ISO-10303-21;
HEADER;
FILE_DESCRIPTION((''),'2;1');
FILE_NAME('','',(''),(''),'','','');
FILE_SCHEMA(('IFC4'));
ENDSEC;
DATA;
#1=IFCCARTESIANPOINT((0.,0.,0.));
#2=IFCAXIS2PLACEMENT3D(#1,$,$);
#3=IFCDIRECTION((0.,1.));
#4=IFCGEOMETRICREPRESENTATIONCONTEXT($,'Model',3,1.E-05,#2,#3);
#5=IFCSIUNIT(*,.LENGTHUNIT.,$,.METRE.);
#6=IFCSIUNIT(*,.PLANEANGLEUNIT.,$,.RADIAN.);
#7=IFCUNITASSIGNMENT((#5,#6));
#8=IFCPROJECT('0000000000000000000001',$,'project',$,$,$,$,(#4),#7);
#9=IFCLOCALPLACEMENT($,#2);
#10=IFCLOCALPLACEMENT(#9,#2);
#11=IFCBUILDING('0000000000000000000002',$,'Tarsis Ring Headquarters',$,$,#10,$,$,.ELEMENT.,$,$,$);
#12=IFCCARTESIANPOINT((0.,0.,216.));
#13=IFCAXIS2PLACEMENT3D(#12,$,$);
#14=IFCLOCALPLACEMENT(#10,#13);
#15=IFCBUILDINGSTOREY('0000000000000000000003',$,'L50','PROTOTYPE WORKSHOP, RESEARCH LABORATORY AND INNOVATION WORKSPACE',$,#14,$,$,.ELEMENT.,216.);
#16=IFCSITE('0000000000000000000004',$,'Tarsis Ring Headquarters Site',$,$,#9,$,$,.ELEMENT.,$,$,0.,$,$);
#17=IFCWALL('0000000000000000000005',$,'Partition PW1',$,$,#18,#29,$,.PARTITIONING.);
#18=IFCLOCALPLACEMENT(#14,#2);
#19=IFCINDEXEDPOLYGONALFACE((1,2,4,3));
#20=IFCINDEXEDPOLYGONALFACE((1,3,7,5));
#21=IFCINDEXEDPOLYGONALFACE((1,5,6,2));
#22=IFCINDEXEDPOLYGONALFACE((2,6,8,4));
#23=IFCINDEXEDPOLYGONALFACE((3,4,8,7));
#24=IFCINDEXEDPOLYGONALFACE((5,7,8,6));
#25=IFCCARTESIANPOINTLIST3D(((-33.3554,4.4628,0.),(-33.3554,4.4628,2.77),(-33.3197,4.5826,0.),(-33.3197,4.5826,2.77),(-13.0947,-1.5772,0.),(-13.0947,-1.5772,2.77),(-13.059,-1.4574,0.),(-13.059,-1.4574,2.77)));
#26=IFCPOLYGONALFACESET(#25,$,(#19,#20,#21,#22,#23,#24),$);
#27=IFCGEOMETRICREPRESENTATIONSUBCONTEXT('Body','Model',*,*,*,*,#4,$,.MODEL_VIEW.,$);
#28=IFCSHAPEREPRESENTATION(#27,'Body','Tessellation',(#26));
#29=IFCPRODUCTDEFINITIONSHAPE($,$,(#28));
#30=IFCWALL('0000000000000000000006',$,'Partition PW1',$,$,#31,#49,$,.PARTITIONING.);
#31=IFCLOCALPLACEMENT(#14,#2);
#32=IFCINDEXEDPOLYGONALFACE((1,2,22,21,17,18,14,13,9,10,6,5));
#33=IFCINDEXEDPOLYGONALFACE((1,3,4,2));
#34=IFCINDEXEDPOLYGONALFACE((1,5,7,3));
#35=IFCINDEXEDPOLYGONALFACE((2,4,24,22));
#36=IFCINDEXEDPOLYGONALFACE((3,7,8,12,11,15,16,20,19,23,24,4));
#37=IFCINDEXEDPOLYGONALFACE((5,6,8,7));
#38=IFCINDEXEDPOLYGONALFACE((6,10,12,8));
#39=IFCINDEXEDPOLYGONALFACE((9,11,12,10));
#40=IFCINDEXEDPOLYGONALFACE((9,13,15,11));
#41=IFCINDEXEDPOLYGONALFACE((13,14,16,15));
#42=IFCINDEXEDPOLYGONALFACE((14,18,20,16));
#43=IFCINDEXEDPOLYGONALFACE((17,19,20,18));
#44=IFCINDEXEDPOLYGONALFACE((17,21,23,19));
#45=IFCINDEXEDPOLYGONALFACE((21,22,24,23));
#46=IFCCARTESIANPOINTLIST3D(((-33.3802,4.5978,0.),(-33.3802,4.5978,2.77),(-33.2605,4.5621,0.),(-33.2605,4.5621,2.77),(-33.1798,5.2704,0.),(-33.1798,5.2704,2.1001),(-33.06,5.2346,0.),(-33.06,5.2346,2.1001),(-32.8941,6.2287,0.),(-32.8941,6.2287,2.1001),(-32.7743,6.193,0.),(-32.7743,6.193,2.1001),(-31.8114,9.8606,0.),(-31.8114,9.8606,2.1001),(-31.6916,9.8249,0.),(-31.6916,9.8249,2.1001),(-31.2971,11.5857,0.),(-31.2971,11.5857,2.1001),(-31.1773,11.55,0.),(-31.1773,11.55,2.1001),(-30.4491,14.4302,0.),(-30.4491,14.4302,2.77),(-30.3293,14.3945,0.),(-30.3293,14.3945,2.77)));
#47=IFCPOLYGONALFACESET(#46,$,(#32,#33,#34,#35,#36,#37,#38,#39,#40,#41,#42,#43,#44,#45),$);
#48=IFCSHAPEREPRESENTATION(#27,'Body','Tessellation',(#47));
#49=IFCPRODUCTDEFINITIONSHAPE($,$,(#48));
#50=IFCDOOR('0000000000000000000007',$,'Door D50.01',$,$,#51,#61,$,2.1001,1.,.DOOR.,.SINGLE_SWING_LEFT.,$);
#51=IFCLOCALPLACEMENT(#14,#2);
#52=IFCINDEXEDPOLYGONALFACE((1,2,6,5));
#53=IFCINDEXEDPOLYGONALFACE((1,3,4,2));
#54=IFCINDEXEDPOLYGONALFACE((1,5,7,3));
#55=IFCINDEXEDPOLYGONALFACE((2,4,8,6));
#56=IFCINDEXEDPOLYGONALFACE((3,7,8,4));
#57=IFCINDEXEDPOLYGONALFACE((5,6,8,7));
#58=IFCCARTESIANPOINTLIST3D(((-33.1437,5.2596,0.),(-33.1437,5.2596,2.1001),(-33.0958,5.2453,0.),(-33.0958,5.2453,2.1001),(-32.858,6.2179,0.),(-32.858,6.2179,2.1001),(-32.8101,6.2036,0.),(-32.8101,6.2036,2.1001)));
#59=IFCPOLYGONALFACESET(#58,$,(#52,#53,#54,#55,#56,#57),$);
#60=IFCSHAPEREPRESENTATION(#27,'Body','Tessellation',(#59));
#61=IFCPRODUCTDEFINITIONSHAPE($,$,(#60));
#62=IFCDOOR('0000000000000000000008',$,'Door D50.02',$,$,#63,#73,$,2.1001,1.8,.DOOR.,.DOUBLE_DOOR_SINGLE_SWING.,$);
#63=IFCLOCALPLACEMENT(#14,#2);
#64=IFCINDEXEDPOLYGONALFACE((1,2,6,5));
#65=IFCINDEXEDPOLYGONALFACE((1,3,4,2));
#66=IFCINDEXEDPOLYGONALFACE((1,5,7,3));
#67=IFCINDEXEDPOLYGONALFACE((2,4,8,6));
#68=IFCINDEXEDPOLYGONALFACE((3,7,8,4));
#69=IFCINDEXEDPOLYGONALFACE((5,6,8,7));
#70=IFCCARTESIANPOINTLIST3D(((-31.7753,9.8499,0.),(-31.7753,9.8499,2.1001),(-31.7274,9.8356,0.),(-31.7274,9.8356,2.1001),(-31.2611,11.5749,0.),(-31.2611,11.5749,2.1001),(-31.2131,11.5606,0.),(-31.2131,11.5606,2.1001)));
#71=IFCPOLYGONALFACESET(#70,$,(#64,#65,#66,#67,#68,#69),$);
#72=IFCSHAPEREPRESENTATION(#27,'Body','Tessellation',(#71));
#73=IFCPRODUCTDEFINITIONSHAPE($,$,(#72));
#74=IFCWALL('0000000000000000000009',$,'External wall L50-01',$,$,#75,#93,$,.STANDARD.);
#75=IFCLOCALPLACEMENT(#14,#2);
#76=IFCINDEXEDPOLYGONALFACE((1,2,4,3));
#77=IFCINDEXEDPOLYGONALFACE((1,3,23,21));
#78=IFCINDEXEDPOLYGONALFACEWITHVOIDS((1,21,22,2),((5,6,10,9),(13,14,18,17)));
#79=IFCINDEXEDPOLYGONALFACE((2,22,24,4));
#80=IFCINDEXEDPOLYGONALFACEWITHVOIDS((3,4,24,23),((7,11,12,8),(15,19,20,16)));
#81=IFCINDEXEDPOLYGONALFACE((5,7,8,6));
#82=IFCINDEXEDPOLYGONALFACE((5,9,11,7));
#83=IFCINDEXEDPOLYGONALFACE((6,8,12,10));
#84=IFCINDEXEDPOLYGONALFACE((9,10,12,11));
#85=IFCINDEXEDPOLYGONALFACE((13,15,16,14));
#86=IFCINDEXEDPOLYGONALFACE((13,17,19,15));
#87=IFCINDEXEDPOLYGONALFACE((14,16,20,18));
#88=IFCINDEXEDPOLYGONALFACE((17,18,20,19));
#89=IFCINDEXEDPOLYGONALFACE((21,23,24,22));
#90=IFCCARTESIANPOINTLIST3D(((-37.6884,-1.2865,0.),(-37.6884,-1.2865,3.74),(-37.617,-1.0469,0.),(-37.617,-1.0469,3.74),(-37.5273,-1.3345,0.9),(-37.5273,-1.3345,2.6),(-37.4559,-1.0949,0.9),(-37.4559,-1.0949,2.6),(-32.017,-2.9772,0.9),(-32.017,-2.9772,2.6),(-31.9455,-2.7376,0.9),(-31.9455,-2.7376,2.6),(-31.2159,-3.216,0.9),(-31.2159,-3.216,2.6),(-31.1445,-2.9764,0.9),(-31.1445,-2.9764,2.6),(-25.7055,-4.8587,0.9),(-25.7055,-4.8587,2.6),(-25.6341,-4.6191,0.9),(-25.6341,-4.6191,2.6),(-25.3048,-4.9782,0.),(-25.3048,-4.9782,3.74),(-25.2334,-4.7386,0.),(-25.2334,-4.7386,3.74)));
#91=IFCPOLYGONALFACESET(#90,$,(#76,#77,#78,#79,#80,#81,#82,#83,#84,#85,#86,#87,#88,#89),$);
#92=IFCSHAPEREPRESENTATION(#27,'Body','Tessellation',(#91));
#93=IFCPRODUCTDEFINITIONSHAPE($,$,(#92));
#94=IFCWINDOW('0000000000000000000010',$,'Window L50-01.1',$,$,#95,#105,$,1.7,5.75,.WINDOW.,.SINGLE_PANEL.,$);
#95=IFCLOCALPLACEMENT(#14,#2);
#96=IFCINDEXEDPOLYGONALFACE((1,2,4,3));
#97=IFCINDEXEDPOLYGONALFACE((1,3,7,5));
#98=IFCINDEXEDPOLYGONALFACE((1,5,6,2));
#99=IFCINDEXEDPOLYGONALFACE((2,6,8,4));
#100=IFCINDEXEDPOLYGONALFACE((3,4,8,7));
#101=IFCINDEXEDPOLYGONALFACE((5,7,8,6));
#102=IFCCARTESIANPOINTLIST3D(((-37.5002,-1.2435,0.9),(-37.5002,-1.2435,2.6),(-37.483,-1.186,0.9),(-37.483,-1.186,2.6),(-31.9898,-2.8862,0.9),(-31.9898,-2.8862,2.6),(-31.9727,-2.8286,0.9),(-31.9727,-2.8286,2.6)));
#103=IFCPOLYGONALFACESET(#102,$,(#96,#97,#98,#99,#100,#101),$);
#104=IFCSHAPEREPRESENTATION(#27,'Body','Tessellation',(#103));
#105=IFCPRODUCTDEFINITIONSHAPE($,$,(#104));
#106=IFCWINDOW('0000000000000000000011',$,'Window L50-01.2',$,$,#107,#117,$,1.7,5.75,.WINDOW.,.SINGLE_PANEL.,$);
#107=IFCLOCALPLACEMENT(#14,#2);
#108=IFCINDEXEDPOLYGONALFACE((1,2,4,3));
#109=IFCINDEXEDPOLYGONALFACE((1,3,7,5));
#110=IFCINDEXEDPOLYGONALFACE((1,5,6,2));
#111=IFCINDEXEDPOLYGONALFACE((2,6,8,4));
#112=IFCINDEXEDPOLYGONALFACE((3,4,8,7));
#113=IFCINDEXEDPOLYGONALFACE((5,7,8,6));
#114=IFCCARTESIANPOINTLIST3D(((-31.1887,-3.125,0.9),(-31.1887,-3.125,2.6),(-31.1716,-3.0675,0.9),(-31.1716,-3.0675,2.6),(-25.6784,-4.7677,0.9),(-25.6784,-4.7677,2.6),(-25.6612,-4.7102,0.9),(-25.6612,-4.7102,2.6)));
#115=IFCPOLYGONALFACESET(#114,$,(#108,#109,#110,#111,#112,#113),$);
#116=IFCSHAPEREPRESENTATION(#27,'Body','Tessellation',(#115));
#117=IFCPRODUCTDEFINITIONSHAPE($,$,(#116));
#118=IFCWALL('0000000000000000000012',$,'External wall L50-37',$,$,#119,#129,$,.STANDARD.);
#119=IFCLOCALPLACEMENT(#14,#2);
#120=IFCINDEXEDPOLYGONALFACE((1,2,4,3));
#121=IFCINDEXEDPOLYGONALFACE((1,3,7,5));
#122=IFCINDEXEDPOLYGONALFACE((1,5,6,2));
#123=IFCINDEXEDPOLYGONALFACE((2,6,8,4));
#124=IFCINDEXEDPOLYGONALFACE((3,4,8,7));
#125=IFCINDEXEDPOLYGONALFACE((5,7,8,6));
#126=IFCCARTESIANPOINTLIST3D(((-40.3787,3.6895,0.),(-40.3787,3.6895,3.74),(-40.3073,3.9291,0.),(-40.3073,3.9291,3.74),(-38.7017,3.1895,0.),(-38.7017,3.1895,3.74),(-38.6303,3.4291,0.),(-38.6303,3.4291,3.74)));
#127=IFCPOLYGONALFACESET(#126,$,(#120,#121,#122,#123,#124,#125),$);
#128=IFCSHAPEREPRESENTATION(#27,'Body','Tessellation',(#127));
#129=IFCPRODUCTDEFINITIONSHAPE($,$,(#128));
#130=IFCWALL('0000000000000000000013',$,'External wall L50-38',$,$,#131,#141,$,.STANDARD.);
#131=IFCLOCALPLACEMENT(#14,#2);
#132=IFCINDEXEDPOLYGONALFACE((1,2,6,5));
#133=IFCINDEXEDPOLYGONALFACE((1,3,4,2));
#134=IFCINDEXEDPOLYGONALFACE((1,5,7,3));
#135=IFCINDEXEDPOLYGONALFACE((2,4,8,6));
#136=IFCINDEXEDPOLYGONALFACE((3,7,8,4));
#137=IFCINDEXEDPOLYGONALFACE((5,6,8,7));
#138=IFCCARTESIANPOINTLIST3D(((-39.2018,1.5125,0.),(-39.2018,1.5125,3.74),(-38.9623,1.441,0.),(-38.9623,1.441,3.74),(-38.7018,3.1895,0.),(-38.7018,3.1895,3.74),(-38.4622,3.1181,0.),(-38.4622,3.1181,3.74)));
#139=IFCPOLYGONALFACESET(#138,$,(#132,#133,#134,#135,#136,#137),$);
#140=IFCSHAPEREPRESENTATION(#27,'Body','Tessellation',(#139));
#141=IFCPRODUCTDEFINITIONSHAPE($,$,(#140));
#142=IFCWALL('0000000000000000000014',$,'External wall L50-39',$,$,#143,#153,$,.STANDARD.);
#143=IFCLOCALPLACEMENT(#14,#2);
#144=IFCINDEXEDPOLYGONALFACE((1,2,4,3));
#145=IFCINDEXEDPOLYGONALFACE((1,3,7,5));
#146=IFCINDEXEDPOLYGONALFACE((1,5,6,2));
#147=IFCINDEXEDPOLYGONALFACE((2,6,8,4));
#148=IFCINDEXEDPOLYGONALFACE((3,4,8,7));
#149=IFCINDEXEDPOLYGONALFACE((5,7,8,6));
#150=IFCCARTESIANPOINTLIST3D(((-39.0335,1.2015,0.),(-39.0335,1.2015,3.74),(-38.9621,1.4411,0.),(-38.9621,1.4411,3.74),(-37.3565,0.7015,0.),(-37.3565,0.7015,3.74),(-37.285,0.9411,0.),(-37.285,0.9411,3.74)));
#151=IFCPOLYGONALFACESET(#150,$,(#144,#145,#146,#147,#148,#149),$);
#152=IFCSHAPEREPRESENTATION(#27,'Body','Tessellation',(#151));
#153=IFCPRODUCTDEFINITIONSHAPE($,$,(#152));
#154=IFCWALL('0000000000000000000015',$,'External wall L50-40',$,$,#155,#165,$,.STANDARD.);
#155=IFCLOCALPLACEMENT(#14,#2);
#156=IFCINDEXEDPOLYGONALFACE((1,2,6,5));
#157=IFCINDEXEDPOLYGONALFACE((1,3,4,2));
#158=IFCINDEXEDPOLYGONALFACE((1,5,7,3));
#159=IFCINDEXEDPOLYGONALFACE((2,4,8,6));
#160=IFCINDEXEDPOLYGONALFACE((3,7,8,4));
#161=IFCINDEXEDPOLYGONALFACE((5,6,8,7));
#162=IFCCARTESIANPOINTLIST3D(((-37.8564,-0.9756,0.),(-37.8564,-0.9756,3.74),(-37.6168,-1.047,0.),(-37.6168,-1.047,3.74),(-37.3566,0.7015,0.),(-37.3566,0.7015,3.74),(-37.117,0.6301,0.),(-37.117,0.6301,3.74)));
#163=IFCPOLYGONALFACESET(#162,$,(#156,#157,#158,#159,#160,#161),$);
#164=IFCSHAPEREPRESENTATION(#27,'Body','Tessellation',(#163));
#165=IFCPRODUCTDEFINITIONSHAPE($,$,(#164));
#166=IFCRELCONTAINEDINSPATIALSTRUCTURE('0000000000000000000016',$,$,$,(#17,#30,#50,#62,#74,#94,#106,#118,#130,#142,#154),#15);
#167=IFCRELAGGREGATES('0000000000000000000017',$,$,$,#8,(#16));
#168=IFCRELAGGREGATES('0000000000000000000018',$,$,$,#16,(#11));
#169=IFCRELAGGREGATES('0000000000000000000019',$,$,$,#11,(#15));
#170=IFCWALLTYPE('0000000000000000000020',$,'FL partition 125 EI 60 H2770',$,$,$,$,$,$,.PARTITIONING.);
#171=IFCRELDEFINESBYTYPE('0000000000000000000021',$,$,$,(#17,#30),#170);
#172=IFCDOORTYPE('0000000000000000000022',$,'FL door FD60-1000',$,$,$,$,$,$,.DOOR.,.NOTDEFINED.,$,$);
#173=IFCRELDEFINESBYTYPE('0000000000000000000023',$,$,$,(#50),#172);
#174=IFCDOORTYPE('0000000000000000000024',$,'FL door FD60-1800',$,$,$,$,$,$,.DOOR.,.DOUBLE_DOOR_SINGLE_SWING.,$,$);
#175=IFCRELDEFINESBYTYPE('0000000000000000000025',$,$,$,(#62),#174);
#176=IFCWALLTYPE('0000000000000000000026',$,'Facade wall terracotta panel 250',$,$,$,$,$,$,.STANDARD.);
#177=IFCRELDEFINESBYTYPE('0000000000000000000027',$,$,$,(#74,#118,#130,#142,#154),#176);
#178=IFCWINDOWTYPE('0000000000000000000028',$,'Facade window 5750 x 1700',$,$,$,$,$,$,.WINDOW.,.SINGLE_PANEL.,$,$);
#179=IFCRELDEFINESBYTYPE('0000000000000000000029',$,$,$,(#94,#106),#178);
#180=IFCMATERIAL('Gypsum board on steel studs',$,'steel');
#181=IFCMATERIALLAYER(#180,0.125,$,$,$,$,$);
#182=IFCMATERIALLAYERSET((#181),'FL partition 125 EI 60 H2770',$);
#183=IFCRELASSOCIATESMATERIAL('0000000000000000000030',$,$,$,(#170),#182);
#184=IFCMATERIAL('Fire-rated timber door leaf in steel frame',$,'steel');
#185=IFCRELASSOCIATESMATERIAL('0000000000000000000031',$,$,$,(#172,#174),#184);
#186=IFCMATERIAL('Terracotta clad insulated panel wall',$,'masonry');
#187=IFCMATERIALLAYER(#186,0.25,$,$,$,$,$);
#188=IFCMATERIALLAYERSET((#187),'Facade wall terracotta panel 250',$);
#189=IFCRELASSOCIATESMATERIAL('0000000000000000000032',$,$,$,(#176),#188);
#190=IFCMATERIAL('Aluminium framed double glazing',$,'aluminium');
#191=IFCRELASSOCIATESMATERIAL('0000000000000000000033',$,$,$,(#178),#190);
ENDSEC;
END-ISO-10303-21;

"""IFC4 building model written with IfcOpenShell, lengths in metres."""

from ifc_helpers import new_model, si_unit, direction, frame, frame_2d, origin, place, context, subcontext, project, spatial, rectangle, extrude, material, layer, layer_set, type_object, element, fill, save


model = new_model("IFC4")

# Units and contexts
model_context = context("Model", 3, precision=1e-05, world=origin(), true_north=direction((0.0, 1.0)))
body_context = subcontext(model_context, "Body", "Model", "MODEL_VIEW")
ifc_project = project(units=[si_unit("LENGTHUNIT", "METRE"), si_unit("PLANEANGLEUNIT", "RADIAN")], contexts=[model_context])

# Site, building, storey
site_placement = place(None, origin())
site = spatial("IfcSite", under=ifc_project, at=site_placement, Name="Tarsis Ring Headquarters Site", CompositionType="ELEMENT", RefElevation=0.0)
building_placement = place(site_placement, origin())
building = spatial("IfcBuilding", under=site, at=building_placement, Name="Tarsis Ring Headquarters", CompositionType="ELEMENT")
storey_placement = place(building_placement, frame((0.0, 0.0, 216.0)))
storey = spatial("IfcBuildingStorey", under=building, at=storey_placement, Name="L50", Description="PROTOTYPE WORKSHOP, RESEARCH LABORATORY AND INNOVATION WORKSPACE", CompositionType="ELEMENT", Elevation=216.0)

# Wall
ifc_material_1 = material(Name="Gypsum board on steel studs", Category="steel")
ifc_layer_1 = layer(ifc_material_1, 0.125)
ifc_layer_set_1 = layer_set([ifc_layer_1], Name="FL partition 125 EI 60 H2770")
wall_type_1 = type_object("IfcWallType", Name="FL partition 125 EI 60 H2770", PredefinedType="PARTITIONING", material=ifc_layer_set_1)
wall_1_placement = place(storey_placement, frame((-33.3374, 4.5227, 0.0), z_axis=(0.0, 0.0, 1.0), x_axis=(0.958322, -0.285691, 0.0)))
element("IfcWall", 1, at=wall_1_placement, inside=storey, type_object=wall_type_1, Name="Partition PW1", PredefinedType="PARTITIONING", context=body_context, shape_type="SweptSolid", body=[
    extrude(rectangle(XDim=21.1418, YDim=0.125, at=frame_2d((10.5708, 0.0))), origin(), (0.0, 0.0, 1.0), 2.77),
])

# Wall, openings, doors
wall_2_placement = place(storey_placement, frame((-33.3203, 4.5801, 0.0), z_axis=(0.0, 0.0, 1.0), x_axis=(0.285684, 0.958324, 0.0)))
wall_2 = element("IfcWall", 2, at=wall_2_placement, inside=storey, type_object=wall_type_1, Name="Partition PW1", PredefinedType="PARTITIONING", context=body_context, shape_type="SweptSolid", body=[
    extrude(rectangle(XDim=10.26, YDim=0.125, at=frame_2d((5.1299, 0.0))), origin(), (0.0, 0.0, 1.0), 2.77),
])
opening_1_placement = place(wall_2_placement, frame((0.7017, 0.0, 0.0)))
opening_1 = element("IfcOpeningElement", 3, at=opening_1_placement, cuts=wall_2, PredefinedType="OPENING", context=body_context, shape_type="SweptSolid", body=[
    extrude(rectangle(XDim=1.0, YDim=2.1001, at=frame_2d((0.5, 1.05))), frame((0.0, 0.0725, 0.0), z_axis=(0.0, -1.0, 0.0), x_axis=(1.0, 0.0, 0.0)), (0.0, 0.0, 1.0), 0.145),
])
opening_2_placement = place(wall_2_placement, frame((5.4917, 0.0, 0.0)))
opening_2 = element("IfcOpeningElement", 4, at=opening_2_placement, cuts=wall_2, PredefinedType="OPENING", context=body_context, shape_type="SweptSolid", body=[
    extrude(rectangle(XDim=1.8, YDim=2.1001, at=frame_2d((0.8999, 1.05))), frame((0.0, 0.0725, 0.0), z_axis=(0.0, -1.0, 0.0), x_axis=(1.0, 0.0, 0.0)), (0.0, 0.0, 1.0), 0.145),
])
ifc_material_2 = material(Name="Fire-rated timber door leaf in steel frame", Category="steel")
door_type_1 = type_object("IfcDoorType", Name="FL door FD60-1000", OperationType="NOTDEFINED", PredefinedType="DOOR", material=ifc_material_2)
door_1_placement = place(opening_1_placement, origin())
door_1 = element("IfcDoor", 5, at=door_1_placement, inside=storey, type_object=door_type_1, Name="Door D50.01", OperationType="SINGLE_SWING_LEFT", OverallHeight=2.1001, OverallWidth=1.0, PredefinedType="DOOR", context=body_context, shape_type="SweptSolid", body=[
    extrude(rectangle(XDim=1.0, YDim=2.1001, at=frame_2d((0.5, 1.05))), frame((0.0, 0.0249, 0.0), z_axis=(0.0, -1.0, 0.0), x_axis=(1.0, 0.0, 0.0)), (0.0, 0.0, 1.0), 0.05),
])
fill(opening_1, door_1)
door_type_2 = type_object("IfcDoorType", Name="FL door FD60-1800", OperationType="DOUBLE_DOOR_SINGLE_SWING", PredefinedType="DOOR", material=ifc_material_2)
door_2_placement = place(opening_2_placement, origin())
door_2 = element("IfcDoor", 6, at=door_2_placement, inside=storey, type_object=door_type_2, Name="Door D50.02", OperationType="DOUBLE_DOOR_SINGLE_SWING", OverallHeight=2.1001, OverallWidth=1.8, PredefinedType="DOOR", context=body_context, shape_type="SweptSolid", body=[
    extrude(rectangle(XDim=1.8, YDim=2.1001, at=frame_2d((0.8999, 1.05))), frame((0.0, 0.0249, 0.0), z_axis=(0.0, -1.0, 0.0), x_axis=(1.0, 0.0, 0.0)), (0.0, 0.0, 1.0), 0.05),
])
fill(opening_2, door_2)

# Wall, openings, windows
ifc_material_3 = material(Name="Terracotta clad insulated panel wall", Category="masonry")
ifc_layer_2 = layer(ifc_material_3, 0.25)
ifc_layer_set_2 = layer_set([ifc_layer_2], Name="Facade wall terracotta panel 250")
wall_type_2 = type_object("IfcWallType", Name="Facade wall terracotta panel 250", PredefinedType="STANDARD", material=ifc_layer_set_2)
wall_3_placement = place(storey_placement, frame((-37.6526, -1.1667, 0.0), z_axis=(0.0, 0.0, 1.0), x_axis=(0.958324, -0.285685, 0.0)))
wall_3 = element("IfcWall", 7, at=wall_3_placement, inside=storey, type_object=wall_type_2, Name="External wall L50-01", PredefinedType="STANDARD", context=body_context, shape_type="SweptSolid", body=[
    extrude(rectangle(XDim=12.9221, YDim=0.25, at=frame_2d((6.4609, 0.0))), origin(), (0.0, 0.0, 1.0), 3.74),
])
opening_3_placement = place(wall_3_placement, frame((0.168, 0.0, 0.8999)))
opening_3 = element("IfcOpeningElement", 8, at=opening_3_placement, cuts=wall_3, PredefinedType="OPENING", context=body_context, shape_type="SweptSolid", body=[
    extrude(rectangle(XDim=5.75, YDim=1.7, at=frame_2d((2.875, 0.8501))), frame((0.0, 0.135, 0.0), z_axis=(0.0, -1.0, 0.0), x_axis=(1.0, 0.0, 0.0)), (0.0, 0.0, 1.0), 0.27),
])
opening_4_placement = place(wall_3_placement, frame((6.7539, 0.0, 0.8999)))
opening_4 = element("IfcOpeningElement", 9, at=opening_4_placement, cuts=wall_3, PredefinedType="OPENING", context=body_context, shape_type="SweptSolid", body=[
    extrude(rectangle(XDim=5.75, YDim=1.7, at=frame_2d((2.875, 0.8501))), frame((0.0, 0.135, 0.0), z_axis=(0.0, -1.0, 0.0), x_axis=(1.0, 0.0, 0.0)), (0.0, 0.0, 1.0), 0.27),
])
ifc_material_4 = material(Name="Aluminium framed double glazing", Category="aluminium")
window_type = type_object("IfcWindowType", Name="Facade window 5750 x 1700", PartitioningType="SINGLE_PANEL", PredefinedType="WINDOW", material=ifc_material_4)
window_1_placement = place(opening_3_placement, origin())
window_1 = element("IfcWindow", 10, at=window_1_placement, inside=storey, type_object=window_type, Name="Window L50-01.1", OverallHeight=1.7, OverallWidth=5.75, PartitioningType="SINGLE_PANEL", PredefinedType="WINDOW", context=body_context, shape_type="SweptSolid", body=[
    extrude(rectangle(XDim=5.75, YDim=1.7, at=frame_2d((2.875, 0.8501))), frame((0.0, 0.03, 0.0), z_axis=(0.0, -1.0, 0.0), x_axis=(1.0, 0.0, 0.0)), (0.0, 0.0, 1.0), 0.0601),
])
fill(opening_3, window_1)
window_2_placement = place(opening_4_placement, origin())
window_2 = element("IfcWindow", 11, at=window_2_placement, inside=storey, type_object=window_type, Name="Window L50-01.2", OverallHeight=1.7, OverallWidth=5.75, PartitioningType="SINGLE_PANEL", PredefinedType="WINDOW", context=body_context, shape_type="SweptSolid", body=[
    extrude(rectangle(XDim=5.75, YDim=1.7, at=frame_2d((2.875, 0.8501))), frame((0.0, 0.03, 0.0), z_axis=(0.0, -1.0, 0.0), x_axis=(1.0, 0.0, 0.0)), (0.0, 0.0, 1.0), 0.0601),
])
fill(opening_4, window_2)

# Walls
for number, where, z_axis, x_axis, name in (
    (12, (-40.343, 3.8093, 0.0), (0.0, 0.0, 1.0), (0.958313, -0.285722, 0.0), "External wall L50-37"),
    (13, (-38.582, 3.1538, 0.0), (0.0, 0.0, 1.0), (-0.285722, -0.958313, 0.0), "External wall L50-38"),
    (14, (-38.9978, 1.3213, 0.0), (0.0, 0.0, 1.0), (0.958313, -0.285722, 0.0), "External wall L50-39"),
    (15, (-37.2368, 0.6658, 0.0), (0.0, 0.0, 1.0), (-0.285594, -0.958351, 0.0), "External wall L50-40"),
):
    element("IfcWall", number, at=place(storey_placement, frame(where, z_axis=z_axis, x_axis=x_axis)), inside=storey, type_object=wall_type_2, Name=name, PredefinedType="STANDARD", context=body_context, shape_type="SweptSolid", body=[
        extrude(rectangle(XDim=1.75, YDim=0.25, at=frame_2d((0.875, 0.0))), origin(), (0.0, 0.0, 1.0), 3.74),
    ])

save(model, "model.ifc")
